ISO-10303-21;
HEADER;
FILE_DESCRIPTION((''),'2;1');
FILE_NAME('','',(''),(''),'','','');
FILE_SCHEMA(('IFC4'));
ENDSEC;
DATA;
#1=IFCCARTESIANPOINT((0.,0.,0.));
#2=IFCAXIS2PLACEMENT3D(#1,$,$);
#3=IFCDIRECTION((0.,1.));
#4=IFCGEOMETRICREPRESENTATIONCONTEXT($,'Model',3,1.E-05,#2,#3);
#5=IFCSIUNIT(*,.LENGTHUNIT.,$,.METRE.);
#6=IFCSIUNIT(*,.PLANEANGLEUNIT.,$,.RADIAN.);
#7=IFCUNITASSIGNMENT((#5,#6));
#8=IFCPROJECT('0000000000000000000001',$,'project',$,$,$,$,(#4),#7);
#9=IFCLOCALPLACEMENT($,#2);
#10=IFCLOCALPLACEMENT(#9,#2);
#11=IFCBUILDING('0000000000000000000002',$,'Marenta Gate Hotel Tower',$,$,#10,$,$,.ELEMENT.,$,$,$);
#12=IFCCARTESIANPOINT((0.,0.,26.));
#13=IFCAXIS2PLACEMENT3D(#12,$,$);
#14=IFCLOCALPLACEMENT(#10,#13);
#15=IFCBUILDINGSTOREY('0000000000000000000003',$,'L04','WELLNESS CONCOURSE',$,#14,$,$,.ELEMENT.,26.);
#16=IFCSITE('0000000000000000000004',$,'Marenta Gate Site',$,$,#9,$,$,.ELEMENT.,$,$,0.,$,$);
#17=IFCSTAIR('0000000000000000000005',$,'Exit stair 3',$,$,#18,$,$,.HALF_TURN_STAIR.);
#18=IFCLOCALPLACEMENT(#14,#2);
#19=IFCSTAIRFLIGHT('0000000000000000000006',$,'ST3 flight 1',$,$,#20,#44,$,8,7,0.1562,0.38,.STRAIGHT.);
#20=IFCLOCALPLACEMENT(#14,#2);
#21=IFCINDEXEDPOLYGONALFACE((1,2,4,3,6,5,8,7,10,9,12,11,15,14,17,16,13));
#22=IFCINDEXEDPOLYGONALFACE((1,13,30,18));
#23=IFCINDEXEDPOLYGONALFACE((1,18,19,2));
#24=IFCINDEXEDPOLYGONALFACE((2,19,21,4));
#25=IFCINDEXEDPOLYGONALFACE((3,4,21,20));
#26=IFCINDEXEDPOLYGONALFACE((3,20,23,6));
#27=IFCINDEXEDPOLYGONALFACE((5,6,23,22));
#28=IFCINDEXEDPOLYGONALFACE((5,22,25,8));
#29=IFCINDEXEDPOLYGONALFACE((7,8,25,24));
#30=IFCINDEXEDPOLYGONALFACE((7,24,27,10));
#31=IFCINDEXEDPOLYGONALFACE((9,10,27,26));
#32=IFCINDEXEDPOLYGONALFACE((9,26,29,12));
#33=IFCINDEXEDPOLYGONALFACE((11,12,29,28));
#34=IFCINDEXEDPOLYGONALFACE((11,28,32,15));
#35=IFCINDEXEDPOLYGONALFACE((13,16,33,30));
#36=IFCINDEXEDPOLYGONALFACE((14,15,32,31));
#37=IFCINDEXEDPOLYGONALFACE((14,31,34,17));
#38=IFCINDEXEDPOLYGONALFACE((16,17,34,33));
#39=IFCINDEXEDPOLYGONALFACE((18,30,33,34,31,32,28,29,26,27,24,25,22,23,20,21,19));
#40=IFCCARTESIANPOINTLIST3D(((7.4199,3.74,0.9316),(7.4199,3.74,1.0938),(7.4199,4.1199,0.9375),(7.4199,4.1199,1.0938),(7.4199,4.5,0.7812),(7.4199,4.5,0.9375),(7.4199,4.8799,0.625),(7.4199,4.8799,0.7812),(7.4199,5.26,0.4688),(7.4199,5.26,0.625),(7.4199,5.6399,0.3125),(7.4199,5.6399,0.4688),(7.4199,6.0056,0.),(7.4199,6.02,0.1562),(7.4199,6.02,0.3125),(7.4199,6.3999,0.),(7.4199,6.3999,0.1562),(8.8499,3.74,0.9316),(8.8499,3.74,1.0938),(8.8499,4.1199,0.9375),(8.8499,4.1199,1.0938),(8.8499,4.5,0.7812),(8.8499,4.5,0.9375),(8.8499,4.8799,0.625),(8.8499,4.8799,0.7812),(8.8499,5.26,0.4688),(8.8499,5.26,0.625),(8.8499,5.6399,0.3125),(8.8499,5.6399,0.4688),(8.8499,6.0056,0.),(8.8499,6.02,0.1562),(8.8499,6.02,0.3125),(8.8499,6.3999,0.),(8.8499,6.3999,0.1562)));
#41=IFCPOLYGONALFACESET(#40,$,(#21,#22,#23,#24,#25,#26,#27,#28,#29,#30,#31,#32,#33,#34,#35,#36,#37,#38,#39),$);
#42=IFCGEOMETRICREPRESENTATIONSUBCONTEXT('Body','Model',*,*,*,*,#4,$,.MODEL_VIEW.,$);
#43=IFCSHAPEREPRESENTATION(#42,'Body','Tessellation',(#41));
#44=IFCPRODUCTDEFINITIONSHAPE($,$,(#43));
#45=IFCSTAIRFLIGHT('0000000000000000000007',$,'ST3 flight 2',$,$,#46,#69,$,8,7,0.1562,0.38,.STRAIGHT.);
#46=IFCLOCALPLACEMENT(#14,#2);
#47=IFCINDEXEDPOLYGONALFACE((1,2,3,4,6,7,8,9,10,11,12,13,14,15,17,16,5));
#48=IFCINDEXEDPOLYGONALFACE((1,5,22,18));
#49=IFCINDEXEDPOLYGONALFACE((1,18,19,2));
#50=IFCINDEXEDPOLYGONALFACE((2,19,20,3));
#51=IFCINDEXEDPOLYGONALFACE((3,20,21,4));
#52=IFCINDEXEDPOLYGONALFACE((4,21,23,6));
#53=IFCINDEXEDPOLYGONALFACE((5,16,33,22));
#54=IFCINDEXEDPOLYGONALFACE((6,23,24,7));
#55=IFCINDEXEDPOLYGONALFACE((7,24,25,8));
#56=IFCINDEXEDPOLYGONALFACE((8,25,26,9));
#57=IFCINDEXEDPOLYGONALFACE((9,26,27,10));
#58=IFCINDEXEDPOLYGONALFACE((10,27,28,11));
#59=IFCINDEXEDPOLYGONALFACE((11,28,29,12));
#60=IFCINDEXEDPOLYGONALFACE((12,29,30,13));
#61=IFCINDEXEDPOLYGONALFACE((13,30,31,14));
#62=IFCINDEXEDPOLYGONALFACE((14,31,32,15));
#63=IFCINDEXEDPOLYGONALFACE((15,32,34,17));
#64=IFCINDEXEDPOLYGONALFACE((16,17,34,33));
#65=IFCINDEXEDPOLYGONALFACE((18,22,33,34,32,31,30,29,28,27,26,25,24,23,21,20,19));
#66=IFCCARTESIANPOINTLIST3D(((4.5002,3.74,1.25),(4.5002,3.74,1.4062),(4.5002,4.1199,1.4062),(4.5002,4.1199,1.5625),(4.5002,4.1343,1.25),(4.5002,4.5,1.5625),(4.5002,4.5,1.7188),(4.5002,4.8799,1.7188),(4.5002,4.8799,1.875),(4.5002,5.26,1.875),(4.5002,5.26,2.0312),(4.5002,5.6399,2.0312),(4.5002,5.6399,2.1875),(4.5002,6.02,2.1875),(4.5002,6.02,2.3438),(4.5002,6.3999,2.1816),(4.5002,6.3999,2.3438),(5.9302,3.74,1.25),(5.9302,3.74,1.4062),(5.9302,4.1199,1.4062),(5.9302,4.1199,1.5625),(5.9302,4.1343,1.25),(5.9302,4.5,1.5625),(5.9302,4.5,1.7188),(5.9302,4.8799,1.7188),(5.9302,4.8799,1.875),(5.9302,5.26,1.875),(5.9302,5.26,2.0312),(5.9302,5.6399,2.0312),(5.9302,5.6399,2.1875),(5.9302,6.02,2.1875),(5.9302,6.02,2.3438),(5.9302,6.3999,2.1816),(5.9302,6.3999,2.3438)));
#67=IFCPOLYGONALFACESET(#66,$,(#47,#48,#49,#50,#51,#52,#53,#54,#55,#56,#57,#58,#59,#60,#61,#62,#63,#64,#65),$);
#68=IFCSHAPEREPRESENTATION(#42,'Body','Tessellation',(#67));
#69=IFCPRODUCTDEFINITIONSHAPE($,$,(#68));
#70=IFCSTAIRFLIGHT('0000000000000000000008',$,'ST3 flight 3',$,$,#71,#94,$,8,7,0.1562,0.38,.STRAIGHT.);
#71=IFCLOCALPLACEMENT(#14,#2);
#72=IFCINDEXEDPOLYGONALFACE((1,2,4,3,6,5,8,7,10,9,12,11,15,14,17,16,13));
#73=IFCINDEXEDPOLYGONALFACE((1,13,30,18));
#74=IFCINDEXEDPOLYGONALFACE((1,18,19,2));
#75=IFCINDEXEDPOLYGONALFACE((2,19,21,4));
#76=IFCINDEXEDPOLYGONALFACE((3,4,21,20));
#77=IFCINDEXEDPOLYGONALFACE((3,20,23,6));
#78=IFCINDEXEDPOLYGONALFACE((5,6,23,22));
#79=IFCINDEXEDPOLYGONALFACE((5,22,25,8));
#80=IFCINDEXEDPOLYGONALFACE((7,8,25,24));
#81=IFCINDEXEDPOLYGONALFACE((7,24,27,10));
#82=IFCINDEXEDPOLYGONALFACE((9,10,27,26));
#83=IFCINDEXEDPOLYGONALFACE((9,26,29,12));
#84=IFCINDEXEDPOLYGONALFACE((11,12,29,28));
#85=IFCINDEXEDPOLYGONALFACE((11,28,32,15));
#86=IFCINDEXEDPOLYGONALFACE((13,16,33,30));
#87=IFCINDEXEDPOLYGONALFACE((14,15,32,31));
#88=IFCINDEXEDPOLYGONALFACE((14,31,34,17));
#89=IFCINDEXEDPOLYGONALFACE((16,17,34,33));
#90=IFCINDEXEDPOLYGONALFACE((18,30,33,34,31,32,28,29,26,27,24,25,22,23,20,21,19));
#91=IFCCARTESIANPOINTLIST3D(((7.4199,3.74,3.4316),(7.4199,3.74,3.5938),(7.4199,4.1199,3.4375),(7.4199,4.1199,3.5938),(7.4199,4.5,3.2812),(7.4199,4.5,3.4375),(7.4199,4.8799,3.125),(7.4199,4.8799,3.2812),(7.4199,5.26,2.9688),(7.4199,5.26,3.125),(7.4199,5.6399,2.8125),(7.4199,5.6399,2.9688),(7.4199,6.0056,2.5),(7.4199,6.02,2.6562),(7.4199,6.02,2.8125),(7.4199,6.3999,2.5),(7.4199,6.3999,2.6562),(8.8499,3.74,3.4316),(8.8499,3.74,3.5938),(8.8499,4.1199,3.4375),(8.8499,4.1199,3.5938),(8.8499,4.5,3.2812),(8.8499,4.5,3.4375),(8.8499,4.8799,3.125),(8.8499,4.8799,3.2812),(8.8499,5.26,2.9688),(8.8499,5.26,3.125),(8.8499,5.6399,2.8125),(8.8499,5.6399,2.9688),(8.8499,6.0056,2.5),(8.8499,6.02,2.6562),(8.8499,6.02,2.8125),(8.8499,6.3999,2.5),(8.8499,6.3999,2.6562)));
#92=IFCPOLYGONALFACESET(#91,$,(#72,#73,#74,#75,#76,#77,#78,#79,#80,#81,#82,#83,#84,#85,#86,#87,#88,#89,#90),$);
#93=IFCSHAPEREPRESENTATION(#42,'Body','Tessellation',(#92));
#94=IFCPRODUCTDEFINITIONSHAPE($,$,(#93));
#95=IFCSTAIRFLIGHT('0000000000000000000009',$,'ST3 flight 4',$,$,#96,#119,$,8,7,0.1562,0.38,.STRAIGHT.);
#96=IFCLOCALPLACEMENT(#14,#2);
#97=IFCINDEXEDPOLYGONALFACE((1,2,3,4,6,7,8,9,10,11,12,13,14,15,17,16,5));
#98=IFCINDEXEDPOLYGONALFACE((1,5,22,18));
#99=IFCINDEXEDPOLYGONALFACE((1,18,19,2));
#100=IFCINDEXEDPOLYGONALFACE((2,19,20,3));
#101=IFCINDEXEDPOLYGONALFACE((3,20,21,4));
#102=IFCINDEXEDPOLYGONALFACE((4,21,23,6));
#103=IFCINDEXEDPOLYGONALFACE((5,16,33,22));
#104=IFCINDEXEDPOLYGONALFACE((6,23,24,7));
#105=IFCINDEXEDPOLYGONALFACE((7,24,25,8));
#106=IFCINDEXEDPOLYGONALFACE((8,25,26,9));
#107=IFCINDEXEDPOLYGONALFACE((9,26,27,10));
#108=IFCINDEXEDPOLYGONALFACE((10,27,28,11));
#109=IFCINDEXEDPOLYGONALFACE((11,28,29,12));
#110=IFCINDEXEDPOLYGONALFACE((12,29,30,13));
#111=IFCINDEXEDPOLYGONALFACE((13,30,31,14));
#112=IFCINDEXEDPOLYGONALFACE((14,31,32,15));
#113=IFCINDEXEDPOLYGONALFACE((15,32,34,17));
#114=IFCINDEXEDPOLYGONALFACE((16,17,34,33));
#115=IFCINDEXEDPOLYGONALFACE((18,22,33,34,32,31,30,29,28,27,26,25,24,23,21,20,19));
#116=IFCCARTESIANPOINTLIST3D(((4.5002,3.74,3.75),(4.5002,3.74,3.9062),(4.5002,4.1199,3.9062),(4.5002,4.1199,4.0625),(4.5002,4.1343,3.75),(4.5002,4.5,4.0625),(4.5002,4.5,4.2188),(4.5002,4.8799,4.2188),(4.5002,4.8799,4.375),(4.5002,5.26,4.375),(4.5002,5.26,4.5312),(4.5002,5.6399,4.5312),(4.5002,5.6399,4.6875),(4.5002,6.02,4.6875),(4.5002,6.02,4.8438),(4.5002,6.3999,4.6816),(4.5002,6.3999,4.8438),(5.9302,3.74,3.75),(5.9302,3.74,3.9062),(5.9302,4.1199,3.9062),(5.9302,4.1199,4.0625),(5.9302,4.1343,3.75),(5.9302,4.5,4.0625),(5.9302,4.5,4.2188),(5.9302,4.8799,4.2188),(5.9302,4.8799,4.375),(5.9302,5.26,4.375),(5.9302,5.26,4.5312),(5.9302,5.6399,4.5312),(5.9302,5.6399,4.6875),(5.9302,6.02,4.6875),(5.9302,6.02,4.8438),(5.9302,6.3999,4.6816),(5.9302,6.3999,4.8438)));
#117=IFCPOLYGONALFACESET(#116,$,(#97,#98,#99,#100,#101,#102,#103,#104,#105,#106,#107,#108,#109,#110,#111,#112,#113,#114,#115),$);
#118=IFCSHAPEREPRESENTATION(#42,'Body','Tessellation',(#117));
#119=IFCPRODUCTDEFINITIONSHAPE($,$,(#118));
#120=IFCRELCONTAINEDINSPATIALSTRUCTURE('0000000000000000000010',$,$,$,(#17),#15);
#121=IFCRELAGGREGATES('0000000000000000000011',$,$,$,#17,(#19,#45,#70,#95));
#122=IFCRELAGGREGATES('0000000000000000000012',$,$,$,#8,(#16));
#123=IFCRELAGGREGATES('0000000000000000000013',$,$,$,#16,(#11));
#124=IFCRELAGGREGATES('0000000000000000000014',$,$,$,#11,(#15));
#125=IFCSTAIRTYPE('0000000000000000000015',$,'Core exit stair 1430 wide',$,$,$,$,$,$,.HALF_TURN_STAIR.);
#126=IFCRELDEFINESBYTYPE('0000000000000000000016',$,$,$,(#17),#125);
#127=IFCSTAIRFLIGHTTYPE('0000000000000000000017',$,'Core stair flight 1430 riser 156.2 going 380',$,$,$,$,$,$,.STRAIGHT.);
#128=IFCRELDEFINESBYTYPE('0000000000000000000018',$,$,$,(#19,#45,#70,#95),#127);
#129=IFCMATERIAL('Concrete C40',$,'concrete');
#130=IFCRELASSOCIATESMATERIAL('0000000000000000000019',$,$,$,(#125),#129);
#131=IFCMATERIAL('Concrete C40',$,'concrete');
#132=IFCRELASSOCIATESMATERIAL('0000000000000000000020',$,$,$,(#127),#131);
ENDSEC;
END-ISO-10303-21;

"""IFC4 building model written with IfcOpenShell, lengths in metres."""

from ifc_helpers import new_model, si_unit, direction, frame, origin, place, context, subcontext, project, spatial, polyline, outline, extrude, material, type_object, element, aggregate, save


model = new_model("IFC4")

# Units and contexts
model_context = context("Model", 3, precision=1e-05, world=origin(), true_north=direction((0.0, 1.0)))
body_context = subcontext(model_context, "Body", "Model", "MODEL_VIEW")
ifc_project = project(units=[si_unit("LENGTHUNIT", "METRE"), si_unit("PLANEANGLEUNIT", "RADIAN")], contexts=[model_context])

# Site, building, storey
site_placement = place(None, origin())
site = spatial("IfcSite", under=ifc_project, at=site_placement, Name="Marenta Gate Site", CompositionType="ELEMENT", RefElevation=0.0)
building_placement = place(site_placement, origin())
building = spatial("IfcBuilding", under=site, at=building_placement, Name="Marenta Gate Hotel Tower", CompositionType="ELEMENT")
storey_placement = place(building_placement, frame((0.0, 0.0, 26.0)))
storey = spatial("IfcBuildingStorey", under=building, at=storey_placement, Name="L04", Description="WELLNESS CONCOURSE", CompositionType="ELEMENT", Elevation=26.0)

# Stair, stair flights
ifc_material_1 = material(Name="Concrete C40", Category="concrete")
stair_type_1 = type_object("IfcStairType", Name="Core exit stair 1430 wide", PredefinedType="HALF_TURN_STAIR", material=ifc_material_1)
stair_1_placement = place(storey_placement, origin())
stair_1 = element("IfcStair", 1, at=stair_1_placement, inside=storey, type_object=stair_type_1, Name="Exit stair 3", PredefinedType="HALF_TURN_STAIR")
ifc_material_2 = material(Name="Concrete C40", Category="concrete")
stair_flight_type = type_object("IfcStairFlightType", Name="Core stair flight 1430 riser 156.2 going 380", PredefinedType="STRAIGHT", material=ifc_material_2)
stair_flight_1_placement = place(storey_placement, frame((8.135, 6.3999, 0.0), z_axis=(0.0, 0.0, 1.0), x_axis=(0.0, -1.0, 0.0)))
stair_flight_1 = element("IfcStairFlight", 2, at=stair_flight_1_placement, type_object=stair_flight_type, Name="ST3 flight 1", NumberOfRisers=8, NumberOfTreads=7, PredefinedType="STRAIGHT", RiserHeight=0.1562, TreadLength=0.38, context=body_context, shape_type="SweptSolid", body=[
    extrude(outline(polyline([(0.0, 0.0), (0.0, 0.1562), (0.3799, 0.1562), (0.3799, 0.3125), (0.76, 0.3125), (0.76, 0.4688), (1.1399, 0.4688), (1.1399, 0.625), (1.52, 0.625), (1.52, 0.7812), (1.8999, 0.7812), (1.8999, 0.9375), (2.28, 0.9375), (2.28, 1.0938), (2.6599, 1.0938), (2.6599, 1.25), (2.6599, 0.9316), (0.3943, 0.0), (0.0, 0.0)])), frame((0.0, 0.7148, 0.0), z_axis=(0.0, -1.0, 0.0), x_axis=(1.0, 0.0, 0.0)), (0.0, 0.0, 1.0), 1.4299),
])
stair_flight_2_placement = place(storey_placement, frame((5.2151, 3.74, 1.25), z_axis=(0.0, 0.0, 1.0), x_axis=(0.0, 1.0, 0.0)))
stair_flight_2 = element("IfcStairFlight", 3, at=stair_flight_2_placement, type_object=stair_flight_type, Name="ST3 flight 2", NumberOfRisers=8, NumberOfTreads=7, PredefinedType="STRAIGHT", RiserHeight=0.1562, TreadLength=0.38, context=body_context, shape_type="SweptSolid", body=[
    extrude(outline(polyline([(0.0, 0.0), (0.0, 0.1562), (0.3799, 0.1562), (0.3799, 0.3125), (0.76, 0.3125), (0.76, 0.4688), (1.1399, 0.4688), (1.1399, 0.625), (1.52, 0.625), (1.52, 0.7812), (1.8999, 0.7812), (1.8999, 0.9375), (2.28, 0.9375), (2.28, 1.0938), (2.6599, 1.0938), (2.6599, 1.25), (2.6599, 0.9316), (0.3943, 0.0), (0.0, 0.0)])), frame((0.0, 0.7148, 0.0), z_axis=(0.0, -1.0, 0.0), x_axis=(1.0, 0.0, 0.0)), (0.0, 0.0, 1.0), 1.4299),
])
stair_flight_3_placement = place(storey_placement, frame((8.135, 6.3999, 2.5), z_axis=(0.0, 0.0, 1.0), x_axis=(0.0, -1.0, 0.0)))
stair_flight_3 = element("IfcStairFlight", 4, at=stair_flight_3_placement, type_object=stair_flight_type, Name="ST3 flight 3", NumberOfRisers=8, NumberOfTreads=7, PredefinedType="STRAIGHT", RiserHeight=0.1562, TreadLength=0.38, context=body_context, shape_type="SweptSolid", body=[
    extrude(outline(polyline([(0.0, 0.0), (0.0, 0.1562), (0.3799, 0.1562), (0.3799, 0.3125), (0.76, 0.3125), (0.76, 0.4688), (1.1399, 0.4688), (1.1399, 0.625), (1.52, 0.625), (1.52, 0.7812), (1.8999, 0.7812), (1.8999, 0.9375), (2.28, 0.9375), (2.28, 1.0938), (2.6599, 1.0938), (2.6599, 1.25), (2.6599, 0.9316), (0.3943, 0.0), (0.0, 0.0)])), frame((0.0, 0.7148, 0.0), z_axis=(0.0, -1.0, 0.0), x_axis=(1.0, 0.0, 0.0)), (0.0, 0.0, 1.0), 1.4299),
])
stair_flight_4_placement = place(storey_placement, frame((5.2151, 3.74, 3.75), z_axis=(0.0, 0.0, 1.0), x_axis=(0.0, 1.0, 0.0)))
stair_flight_4 = element("IfcStairFlight", 5, at=stair_flight_4_placement, type_object=stair_flight_type, Name="ST3 flight 4", NumberOfRisers=8, NumberOfTreads=7, PredefinedType="STRAIGHT", RiserHeight=0.1562, TreadLength=0.38, context=body_context, shape_type="SweptSolid", body=[
    extrude(outline(polyline([(0.0, 0.0), (0.0, 0.1562), (0.3799, 0.1562), (0.3799, 0.3125), (0.76, 0.3125), (0.76, 0.4688), (1.1399, 0.4688), (1.1399, 0.625), (1.52, 0.625), (1.52, 0.7812), (1.8999, 0.7812), (1.8999, 0.9375), (2.28, 0.9375), (2.28, 1.0938), (2.6599, 1.0938), (2.6599, 1.25), (2.6599, 0.9316), (0.3943, 0.0), (0.0, 0.0)])), frame((0.0, 0.7148, 0.0), z_axis=(0.0, -1.0, 0.0), x_axis=(1.0, 0.0, 0.0)), (0.0, 0.0, 1.0), 1.4299),
])
aggregate(stair_1, [stair_flight_1, stair_flight_2, stair_flight_3, stair_flight_4])

save(model, "model.ifc")
